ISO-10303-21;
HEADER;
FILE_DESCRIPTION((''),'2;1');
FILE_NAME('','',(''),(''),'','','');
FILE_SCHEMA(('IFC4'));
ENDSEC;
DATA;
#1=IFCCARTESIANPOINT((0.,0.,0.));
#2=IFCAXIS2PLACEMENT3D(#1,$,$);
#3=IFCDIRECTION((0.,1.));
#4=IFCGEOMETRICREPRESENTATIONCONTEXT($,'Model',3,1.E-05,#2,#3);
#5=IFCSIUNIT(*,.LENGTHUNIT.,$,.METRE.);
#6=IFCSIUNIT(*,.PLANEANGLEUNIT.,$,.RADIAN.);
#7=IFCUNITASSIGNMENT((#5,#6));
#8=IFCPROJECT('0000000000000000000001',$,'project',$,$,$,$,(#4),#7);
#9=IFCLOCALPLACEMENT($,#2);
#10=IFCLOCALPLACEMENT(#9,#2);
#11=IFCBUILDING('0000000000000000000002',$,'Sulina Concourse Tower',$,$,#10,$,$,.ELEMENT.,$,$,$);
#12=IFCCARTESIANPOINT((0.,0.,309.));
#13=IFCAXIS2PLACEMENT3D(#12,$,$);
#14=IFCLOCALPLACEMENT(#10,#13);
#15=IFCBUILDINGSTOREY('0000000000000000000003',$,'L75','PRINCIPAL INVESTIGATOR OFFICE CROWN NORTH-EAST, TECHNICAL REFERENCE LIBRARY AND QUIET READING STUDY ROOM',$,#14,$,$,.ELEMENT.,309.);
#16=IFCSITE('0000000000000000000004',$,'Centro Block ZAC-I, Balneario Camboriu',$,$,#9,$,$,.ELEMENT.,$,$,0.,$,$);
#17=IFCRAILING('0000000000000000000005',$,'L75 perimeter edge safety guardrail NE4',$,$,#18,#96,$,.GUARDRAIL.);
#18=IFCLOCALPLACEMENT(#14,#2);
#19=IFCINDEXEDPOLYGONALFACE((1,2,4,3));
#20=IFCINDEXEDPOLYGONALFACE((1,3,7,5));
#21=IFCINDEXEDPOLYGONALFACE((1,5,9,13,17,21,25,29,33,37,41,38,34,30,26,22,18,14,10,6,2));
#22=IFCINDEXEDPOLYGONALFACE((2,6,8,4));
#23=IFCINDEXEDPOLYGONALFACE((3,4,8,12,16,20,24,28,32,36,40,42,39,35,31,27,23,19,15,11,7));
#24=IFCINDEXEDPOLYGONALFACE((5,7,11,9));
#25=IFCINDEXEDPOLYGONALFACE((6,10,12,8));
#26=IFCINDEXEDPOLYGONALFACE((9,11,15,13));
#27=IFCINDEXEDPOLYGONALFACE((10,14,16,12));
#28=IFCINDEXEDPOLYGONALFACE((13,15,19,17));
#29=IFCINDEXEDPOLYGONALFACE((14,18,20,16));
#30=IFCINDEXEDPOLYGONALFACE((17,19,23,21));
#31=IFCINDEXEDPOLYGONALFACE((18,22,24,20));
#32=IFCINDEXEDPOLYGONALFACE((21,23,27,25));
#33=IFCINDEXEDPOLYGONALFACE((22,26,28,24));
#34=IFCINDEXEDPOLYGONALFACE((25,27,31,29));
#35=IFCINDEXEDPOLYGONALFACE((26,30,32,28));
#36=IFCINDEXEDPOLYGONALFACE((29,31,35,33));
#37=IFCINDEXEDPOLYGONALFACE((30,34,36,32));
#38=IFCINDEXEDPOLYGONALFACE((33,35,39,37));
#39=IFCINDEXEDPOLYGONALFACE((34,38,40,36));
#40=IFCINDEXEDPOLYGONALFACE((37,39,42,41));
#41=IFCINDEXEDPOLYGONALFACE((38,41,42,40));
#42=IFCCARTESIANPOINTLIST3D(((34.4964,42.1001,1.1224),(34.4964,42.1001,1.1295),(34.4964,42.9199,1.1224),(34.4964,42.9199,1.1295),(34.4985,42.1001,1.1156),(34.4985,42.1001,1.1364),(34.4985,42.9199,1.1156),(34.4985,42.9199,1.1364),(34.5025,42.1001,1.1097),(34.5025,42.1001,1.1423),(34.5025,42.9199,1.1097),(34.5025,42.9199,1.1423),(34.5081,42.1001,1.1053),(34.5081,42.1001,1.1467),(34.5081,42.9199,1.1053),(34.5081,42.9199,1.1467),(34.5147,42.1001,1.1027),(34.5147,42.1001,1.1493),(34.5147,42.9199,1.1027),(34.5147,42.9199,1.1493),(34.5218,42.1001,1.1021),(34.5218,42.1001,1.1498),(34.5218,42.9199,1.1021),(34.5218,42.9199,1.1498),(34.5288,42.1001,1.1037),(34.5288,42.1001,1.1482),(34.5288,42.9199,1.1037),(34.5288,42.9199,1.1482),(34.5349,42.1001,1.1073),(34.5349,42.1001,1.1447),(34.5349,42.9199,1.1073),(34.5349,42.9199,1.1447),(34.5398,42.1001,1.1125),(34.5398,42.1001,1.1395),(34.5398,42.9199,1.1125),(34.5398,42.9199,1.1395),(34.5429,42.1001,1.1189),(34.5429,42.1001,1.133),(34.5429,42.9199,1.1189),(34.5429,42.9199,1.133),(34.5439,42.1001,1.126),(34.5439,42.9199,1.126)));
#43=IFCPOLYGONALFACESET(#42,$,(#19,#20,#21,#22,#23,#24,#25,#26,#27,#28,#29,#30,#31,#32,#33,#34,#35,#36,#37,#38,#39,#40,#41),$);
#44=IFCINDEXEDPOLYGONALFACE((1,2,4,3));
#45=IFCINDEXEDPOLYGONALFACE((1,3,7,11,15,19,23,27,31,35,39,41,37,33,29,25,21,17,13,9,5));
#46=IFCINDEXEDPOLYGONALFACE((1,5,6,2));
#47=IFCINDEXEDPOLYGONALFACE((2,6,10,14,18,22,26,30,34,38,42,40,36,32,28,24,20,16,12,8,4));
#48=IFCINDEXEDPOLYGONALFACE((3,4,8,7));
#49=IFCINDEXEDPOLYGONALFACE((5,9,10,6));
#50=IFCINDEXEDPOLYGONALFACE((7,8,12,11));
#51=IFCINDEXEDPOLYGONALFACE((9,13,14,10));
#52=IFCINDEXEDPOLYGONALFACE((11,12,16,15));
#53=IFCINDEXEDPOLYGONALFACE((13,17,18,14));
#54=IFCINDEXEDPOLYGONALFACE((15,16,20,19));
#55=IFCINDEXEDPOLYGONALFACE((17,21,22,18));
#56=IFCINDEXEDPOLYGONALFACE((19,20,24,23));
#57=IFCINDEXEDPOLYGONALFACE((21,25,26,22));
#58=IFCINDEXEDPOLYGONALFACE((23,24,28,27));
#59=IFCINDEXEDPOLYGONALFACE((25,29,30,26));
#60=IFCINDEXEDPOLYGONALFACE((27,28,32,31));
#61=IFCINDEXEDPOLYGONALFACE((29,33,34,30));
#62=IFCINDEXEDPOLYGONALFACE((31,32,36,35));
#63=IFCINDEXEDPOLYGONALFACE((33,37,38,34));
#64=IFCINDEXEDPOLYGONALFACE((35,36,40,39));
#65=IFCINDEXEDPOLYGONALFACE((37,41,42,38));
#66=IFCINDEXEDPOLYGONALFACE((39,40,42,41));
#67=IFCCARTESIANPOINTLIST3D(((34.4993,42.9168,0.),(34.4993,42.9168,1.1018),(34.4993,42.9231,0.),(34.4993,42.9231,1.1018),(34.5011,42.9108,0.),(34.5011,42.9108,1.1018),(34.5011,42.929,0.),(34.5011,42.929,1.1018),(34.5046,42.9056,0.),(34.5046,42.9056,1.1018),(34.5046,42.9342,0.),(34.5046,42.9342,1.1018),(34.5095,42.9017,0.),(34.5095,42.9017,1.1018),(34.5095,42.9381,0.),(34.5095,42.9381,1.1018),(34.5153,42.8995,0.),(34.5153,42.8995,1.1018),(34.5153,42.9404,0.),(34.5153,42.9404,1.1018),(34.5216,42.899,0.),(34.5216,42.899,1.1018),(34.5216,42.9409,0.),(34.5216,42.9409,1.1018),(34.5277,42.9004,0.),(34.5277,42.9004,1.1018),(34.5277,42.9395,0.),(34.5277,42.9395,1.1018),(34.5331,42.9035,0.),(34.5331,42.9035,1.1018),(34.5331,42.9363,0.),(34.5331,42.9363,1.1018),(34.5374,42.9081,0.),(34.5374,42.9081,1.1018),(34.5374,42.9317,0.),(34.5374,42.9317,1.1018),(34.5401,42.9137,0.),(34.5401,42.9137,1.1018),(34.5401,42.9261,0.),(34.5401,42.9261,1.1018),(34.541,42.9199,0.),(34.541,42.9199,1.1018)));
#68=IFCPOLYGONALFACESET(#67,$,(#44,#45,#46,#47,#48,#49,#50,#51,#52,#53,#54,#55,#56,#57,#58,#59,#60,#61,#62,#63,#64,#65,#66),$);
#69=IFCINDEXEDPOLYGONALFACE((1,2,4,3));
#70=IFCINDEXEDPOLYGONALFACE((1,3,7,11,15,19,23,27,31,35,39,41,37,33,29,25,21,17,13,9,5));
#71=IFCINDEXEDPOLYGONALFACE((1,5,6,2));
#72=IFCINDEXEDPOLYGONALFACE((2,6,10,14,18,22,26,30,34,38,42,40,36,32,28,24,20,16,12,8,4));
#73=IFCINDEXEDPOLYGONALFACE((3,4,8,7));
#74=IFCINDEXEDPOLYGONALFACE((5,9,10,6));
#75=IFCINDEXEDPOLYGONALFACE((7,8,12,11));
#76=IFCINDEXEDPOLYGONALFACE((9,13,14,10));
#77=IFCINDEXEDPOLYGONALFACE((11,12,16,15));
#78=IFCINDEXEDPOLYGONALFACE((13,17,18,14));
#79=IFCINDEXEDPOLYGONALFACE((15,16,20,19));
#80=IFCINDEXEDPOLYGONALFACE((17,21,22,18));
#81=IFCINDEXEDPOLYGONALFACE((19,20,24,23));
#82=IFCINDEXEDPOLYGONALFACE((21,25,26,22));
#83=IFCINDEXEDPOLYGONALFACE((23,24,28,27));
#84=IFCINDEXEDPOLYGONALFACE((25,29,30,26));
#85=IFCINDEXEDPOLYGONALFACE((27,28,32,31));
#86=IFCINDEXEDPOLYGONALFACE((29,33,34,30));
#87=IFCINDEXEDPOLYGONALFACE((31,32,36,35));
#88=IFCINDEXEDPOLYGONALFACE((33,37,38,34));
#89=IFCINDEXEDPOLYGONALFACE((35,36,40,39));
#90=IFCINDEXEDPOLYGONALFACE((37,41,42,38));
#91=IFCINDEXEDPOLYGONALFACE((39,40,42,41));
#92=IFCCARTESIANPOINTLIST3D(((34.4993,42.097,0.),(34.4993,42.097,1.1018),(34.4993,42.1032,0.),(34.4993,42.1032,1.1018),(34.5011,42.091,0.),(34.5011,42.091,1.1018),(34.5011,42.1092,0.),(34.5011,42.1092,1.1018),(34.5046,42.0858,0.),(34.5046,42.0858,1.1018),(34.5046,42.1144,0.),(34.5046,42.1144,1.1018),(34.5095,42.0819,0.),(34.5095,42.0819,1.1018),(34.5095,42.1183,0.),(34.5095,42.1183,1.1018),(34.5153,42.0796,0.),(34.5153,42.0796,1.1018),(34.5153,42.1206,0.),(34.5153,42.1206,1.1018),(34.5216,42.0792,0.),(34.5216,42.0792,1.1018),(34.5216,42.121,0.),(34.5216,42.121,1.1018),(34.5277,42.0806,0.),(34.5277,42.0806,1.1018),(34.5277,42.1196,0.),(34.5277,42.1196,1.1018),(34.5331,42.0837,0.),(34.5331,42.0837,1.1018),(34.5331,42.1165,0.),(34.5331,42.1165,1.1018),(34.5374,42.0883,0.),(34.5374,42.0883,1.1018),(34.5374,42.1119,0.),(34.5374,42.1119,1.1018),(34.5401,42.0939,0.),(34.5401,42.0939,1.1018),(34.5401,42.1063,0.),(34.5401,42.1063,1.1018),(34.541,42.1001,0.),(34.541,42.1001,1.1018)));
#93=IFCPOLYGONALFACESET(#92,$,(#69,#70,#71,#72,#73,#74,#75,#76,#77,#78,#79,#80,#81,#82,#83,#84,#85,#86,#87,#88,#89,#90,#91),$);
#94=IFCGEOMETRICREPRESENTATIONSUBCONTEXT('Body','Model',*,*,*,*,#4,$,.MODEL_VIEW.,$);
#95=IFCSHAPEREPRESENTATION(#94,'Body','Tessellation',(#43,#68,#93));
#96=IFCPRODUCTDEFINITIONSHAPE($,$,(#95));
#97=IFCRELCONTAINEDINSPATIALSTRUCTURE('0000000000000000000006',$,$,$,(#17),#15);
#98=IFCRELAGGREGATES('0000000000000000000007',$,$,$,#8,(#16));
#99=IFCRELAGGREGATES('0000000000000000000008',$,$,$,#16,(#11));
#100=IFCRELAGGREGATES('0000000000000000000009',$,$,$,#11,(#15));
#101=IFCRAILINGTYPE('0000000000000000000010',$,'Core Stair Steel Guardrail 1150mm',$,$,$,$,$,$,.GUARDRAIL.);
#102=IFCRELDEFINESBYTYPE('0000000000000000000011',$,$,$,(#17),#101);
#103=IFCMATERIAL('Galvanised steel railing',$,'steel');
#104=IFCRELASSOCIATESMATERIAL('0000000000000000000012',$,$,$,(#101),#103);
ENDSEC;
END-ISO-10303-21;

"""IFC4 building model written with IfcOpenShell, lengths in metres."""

from ifc_helpers import new_model, si_unit, direction, frame, origin, origin_2d, place, context, subcontext, project, spatial, circle, extrude, material, type_object, element, save


model = new_model("IFC4")

# Units and contexts
model_context = context("Model", 3, precision=1e-05, world=origin(), true_north=direction((0.0, 1.0)))
body_context = subcontext(model_context, "Body", "Model", "MODEL_VIEW")
ifc_project = project(units=[si_unit("LENGTHUNIT", "METRE"), si_unit("PLANEANGLEUNIT", "RADIAN")], contexts=[model_context])

# Site, building, storey
site_placement = place(None, origin())
site = spatial("IfcSite", under=ifc_project, at=site_placement, Name="Centro Block ZAC-I, Balneario Camboriu", CompositionType="ELEMENT", RefElevation=0.0)
building_placement = place(site_placement, origin())
building = spatial("IfcBuilding", under=site, at=building_placement, Name="Sulina Concourse Tower", CompositionType="ELEMENT")
storey_placement = place(building_placement, frame((0.0, 0.0, 309.0)))
storey = spatial("IfcBuildingStorey", under=building, at=storey_placement, Name="L75", Description="PRINCIPAL INVESTIGATOR OFFICE CROWN NORTH-EAST, TECHNICAL REFERENCE LIBRARY AND QUIET READING STUDY ROOM", CompositionType="ELEMENT", Elevation=309.0)

# Railing
ifc_material_1 = material(Name="Galvanised steel railing", Category="steel")
railing_type = type_object("IfcRailingType", Name="Core Stair Steel Guardrail 1150mm", PredefinedType="GUARDRAIL", material=ifc_material_1)
railing_1_placement = place(storey_placement, frame((34.52, 42.9199, 0.0)))
element("IfcRailing", 1, at=railing_1_placement, inside=storey, type_object=railing_type, Name="L75 perimeter edge safety guardrail NE4", PredefinedType="GUARDRAIL", context=body_context, shape_type="SweptSolid", body=[
    extrude(circle(Radius=0.0239, at=origin_2d()), frame((0.0, 0.0, 1.126), z_axis=(0.0, -1.0, 0.0), x_axis=(1.0, 0.0, 0.0)), (0.0, 0.0, 1.0), 0.8198),
    extrude(circle(Radius=0.021, at=origin_2d()), origin(), (0.0, 0.0, 1.0), 1.1018),
    extrude(circle(Radius=0.021, at=origin_2d()), frame((0.0, -0.8198, 0.0)), (0.0, 0.0, 1.0), 1.1018),
])

save(model, "model.ifc")
